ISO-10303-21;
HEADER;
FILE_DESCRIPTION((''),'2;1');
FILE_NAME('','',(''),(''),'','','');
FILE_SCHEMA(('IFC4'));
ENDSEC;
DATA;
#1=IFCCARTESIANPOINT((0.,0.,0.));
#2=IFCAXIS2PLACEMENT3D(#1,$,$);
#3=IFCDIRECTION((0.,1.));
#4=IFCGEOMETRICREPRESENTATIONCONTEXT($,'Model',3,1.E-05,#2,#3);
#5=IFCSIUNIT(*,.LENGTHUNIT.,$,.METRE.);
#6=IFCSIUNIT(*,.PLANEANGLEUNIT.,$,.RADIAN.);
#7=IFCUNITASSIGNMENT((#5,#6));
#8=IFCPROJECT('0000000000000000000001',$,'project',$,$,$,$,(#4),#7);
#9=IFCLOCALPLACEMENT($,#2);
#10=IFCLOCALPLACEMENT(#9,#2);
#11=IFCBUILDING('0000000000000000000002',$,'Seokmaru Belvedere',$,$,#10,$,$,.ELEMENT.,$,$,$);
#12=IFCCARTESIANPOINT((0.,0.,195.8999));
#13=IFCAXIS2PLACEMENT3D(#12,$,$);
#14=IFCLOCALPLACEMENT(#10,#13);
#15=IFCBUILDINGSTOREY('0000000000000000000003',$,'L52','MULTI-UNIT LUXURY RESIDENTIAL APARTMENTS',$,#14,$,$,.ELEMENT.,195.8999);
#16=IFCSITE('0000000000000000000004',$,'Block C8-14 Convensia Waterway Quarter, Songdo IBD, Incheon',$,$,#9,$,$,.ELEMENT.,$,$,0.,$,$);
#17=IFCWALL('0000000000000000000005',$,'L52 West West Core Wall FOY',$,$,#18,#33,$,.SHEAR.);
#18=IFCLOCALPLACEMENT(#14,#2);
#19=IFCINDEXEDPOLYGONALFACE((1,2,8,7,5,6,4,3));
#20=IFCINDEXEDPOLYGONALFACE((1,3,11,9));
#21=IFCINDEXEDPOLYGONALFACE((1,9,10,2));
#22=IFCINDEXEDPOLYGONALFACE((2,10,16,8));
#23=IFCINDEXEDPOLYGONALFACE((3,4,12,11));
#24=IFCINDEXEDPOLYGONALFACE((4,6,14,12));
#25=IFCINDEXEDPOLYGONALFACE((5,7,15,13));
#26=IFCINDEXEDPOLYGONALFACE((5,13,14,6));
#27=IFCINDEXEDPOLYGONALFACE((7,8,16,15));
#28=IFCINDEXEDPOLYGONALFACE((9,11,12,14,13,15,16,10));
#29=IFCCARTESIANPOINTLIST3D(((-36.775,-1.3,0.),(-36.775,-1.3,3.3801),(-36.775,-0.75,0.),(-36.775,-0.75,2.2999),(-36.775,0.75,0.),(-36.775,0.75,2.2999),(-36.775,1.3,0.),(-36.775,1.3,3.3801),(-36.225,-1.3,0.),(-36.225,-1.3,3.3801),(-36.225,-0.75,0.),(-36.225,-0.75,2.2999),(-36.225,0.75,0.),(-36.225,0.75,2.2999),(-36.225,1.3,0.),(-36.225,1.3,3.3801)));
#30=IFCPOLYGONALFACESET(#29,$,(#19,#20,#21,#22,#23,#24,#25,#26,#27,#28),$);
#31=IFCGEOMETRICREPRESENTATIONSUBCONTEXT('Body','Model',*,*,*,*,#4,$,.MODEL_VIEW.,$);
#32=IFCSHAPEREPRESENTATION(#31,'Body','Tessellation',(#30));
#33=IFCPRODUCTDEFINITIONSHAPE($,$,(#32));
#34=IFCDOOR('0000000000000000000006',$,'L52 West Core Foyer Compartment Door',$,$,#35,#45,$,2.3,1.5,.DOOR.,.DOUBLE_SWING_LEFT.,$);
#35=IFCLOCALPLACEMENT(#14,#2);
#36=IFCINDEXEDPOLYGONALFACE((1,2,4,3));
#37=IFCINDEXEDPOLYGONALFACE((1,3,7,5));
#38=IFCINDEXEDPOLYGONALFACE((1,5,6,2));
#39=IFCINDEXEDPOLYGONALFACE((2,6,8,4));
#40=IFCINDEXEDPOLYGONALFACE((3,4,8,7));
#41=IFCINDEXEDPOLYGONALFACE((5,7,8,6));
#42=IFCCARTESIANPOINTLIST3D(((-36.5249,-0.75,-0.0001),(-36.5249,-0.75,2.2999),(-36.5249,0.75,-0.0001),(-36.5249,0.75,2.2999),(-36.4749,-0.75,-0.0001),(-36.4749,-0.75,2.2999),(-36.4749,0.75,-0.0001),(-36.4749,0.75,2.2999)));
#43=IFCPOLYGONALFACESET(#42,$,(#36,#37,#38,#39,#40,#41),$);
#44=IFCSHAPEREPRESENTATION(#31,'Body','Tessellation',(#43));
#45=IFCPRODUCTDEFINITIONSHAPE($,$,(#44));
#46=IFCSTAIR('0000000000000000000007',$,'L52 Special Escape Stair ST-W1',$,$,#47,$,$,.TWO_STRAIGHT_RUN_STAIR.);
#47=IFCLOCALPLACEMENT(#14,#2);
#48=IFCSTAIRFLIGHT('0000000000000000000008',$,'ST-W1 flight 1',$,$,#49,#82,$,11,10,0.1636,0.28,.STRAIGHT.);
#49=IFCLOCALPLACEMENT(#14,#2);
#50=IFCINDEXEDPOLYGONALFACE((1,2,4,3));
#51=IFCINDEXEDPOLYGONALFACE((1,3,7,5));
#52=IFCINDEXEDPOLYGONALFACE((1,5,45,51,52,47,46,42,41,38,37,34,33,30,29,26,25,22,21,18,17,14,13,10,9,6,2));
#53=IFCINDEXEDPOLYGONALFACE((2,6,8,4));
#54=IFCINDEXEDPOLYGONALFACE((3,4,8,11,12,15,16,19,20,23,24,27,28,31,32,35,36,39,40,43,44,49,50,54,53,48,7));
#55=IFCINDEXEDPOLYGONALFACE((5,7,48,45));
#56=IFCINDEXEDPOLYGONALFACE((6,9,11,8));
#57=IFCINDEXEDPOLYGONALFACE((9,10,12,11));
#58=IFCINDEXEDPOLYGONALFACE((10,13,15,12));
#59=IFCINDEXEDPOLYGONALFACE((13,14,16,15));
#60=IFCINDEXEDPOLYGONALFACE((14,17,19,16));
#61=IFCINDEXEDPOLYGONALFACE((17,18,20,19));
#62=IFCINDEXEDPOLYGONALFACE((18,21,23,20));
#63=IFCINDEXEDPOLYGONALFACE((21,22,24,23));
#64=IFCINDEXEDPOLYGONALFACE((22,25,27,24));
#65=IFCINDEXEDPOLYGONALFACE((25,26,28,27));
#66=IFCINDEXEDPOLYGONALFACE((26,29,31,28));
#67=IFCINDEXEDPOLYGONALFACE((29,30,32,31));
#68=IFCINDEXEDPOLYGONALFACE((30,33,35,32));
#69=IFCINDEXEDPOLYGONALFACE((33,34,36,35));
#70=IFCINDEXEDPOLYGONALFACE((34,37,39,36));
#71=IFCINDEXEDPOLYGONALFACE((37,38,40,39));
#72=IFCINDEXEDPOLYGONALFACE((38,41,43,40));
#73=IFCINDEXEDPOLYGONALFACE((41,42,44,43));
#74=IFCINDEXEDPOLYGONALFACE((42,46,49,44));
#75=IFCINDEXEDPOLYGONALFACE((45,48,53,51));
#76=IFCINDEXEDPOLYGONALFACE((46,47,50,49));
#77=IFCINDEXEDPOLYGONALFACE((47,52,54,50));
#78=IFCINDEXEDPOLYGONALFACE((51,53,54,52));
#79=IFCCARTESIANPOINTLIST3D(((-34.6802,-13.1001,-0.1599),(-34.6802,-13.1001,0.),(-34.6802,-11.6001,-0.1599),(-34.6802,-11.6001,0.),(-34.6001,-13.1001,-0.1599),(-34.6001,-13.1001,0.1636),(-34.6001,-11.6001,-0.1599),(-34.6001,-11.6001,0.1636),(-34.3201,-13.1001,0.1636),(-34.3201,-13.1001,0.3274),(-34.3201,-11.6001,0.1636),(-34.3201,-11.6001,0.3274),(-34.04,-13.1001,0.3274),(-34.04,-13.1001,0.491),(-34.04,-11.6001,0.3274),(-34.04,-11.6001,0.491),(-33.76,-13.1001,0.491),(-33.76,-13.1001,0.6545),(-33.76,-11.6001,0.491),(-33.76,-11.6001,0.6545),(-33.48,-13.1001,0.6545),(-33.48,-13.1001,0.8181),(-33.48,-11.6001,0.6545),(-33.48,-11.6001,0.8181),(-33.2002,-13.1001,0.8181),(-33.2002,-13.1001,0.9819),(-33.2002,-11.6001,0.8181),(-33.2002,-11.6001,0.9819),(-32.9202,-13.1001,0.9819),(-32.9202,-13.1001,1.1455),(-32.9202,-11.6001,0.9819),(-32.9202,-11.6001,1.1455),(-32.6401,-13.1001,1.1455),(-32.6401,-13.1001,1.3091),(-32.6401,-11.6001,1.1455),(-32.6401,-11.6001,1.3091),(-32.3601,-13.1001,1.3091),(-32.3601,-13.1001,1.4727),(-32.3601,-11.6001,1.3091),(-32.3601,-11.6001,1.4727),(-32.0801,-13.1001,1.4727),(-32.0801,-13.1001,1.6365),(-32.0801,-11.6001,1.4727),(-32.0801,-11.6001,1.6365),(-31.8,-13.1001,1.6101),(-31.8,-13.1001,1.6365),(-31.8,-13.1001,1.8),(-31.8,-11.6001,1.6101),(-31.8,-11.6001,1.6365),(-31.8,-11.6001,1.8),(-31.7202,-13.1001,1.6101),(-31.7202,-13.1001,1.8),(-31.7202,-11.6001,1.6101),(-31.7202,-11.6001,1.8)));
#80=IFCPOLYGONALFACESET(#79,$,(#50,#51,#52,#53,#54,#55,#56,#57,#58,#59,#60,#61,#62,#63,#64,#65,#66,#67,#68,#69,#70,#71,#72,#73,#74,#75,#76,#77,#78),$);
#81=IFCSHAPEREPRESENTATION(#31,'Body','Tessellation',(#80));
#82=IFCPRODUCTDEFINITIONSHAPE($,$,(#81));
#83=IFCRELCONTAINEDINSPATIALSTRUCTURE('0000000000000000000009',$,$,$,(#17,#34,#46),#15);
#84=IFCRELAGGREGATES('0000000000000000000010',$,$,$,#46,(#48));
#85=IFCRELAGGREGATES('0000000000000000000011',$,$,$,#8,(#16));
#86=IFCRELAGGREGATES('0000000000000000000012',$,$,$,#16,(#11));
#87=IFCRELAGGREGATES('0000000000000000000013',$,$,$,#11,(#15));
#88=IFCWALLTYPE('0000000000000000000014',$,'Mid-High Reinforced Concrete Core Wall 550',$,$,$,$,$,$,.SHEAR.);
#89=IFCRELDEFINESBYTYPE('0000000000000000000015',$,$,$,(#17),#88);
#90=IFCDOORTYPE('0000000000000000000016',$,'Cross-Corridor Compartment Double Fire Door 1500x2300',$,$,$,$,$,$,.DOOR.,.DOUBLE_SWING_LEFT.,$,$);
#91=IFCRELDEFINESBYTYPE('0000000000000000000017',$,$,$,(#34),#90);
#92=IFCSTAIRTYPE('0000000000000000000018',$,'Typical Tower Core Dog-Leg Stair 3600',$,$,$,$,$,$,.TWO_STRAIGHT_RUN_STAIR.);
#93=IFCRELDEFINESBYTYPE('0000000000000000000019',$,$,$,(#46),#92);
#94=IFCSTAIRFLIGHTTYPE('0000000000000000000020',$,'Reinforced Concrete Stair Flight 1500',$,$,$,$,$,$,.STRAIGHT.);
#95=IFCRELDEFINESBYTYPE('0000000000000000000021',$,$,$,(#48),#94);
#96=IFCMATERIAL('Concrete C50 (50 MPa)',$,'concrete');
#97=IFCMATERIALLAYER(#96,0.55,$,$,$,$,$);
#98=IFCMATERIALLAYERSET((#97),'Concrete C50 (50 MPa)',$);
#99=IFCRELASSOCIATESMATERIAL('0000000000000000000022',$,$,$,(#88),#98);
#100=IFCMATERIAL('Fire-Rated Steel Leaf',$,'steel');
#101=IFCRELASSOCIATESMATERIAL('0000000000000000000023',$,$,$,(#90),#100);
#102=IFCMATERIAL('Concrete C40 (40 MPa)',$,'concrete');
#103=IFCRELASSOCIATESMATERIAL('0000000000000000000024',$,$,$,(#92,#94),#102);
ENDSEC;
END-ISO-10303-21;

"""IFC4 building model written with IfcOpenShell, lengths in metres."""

from ifc_helpers import new_model, si_unit, direction, frame, frame_2d, origin, place, context, subcontext, project, spatial, polyline, rectangle, outline, extrude, source, transform, mapped, material, layer, layer_set, type_object, type_shapes, element, fill, aggregate, save


model = new_model("IFC4")

# Units and contexts
model_context = context("Model", 3, precision=1e-05, world=origin(), true_north=direction((0.0, 1.0)))
body_context = subcontext(model_context, "Body", "Model", "MODEL_VIEW")
ifc_project = project(units=[si_unit("LENGTHUNIT", "METRE"), si_unit("PLANEANGLEUNIT", "RADIAN")], contexts=[model_context])

# Site, building, storey
site_placement = place(None, origin())
site = spatial("IfcSite", under=ifc_project, at=site_placement, Name="Block C8-14 Convensia Waterway Quarter, Songdo IBD, Incheon", CompositionType="ELEMENT", RefElevation=0.0)
building_placement = place(site_placement, origin())
building = spatial("IfcBuilding", under=site, at=building_placement, Name="Seokmaru Belvedere", CompositionType="ELEMENT")
storey_placement = place(building_placement, frame((0.0, 0.0, 195.8999)))
storey = spatial("IfcBuildingStorey", under=building, at=storey_placement, Name="L52", Description="MULTI-UNIT LUXURY RESIDENTIAL APARTMENTS", CompositionType="ELEMENT", Elevation=195.8999)

# Shared definitions
ifc_material_1 = material(Name="Fire-Rated Steel Leaf", Category="steel")

# Shared definitions
ifc_material_2 = material(Name="Concrete C50 (50 MPa)", Category="concrete")

# Shared definitions
ifc_layer_1 = layer(ifc_material_2, 0.55)
ifc_layer_set_1 = layer_set([ifc_layer_1], Name="Concrete C50 (50 MPa)")
wall_type_1 = type_object("IfcWallType", Name="Mid-High Reinforced Concrete Core Wall 550", PredefinedType="SHEAR", material=ifc_layer_set_1)

# Wall, opening, door
wall_1_placement = place(storey_placement, frame((-36.5, -1.3, 0.0), z_axis=(0.0, 0.0, 1.0), x_axis=(0.0, 1.0, 0.0)))
wall_1 = element("IfcWall", 1, at=wall_1_placement, inside=storey, type_object=wall_type_1, Name="L52 West West Core Wall FOY", PredefinedType="SHEAR", context=body_context, shape_type="SweptSolid", body=[
    extrude(rectangle(XDim=2.6001, YDim=0.55, at=frame_2d((1.3, 0.0))), origin(), (0.0, 0.0, 1.0), 3.3801),
])
opening_1_placement = place(wall_1_placement, frame((0.55, 0.0, 0.0)))
opening_1 = element("IfcOpeningElement", 2, at=opening_1_placement, cuts=wall_1, PredefinedType="OPENING", context=body_context, shape_type="SweptSolid", body=[
    extrude(rectangle(XDim=1.5, YDim=2.3, at=frame_2d((0.75, 1.1499))), frame((0.0, 0.2852, 0.0), z_axis=(0.0, -1.0, 0.0), x_axis=(1.0, 0.0, 0.0)), (0.0, 0.0, 1.0), 0.5701),
])
door_type_1 = type_object("IfcDoorType", Name="Cross-Corridor Compartment Double Fire Door 1500x2300", OperationType="DOUBLE_SWING_LEFT", PredefinedType="DOOR", material=ifc_material_1)
shared_shape_1 = source(origin(), body_context, "Body", "SweptSolid", [
    extrude(rectangle(XDim=1.5, YDim=2.3, at=frame_2d((0.75, 1.1499))), frame((0.0, 0.0249, 0.0), z_axis=(0.0, -1.0, 0.0), x_axis=(1.0, 0.0, 0.0)), (0.0, 0.0, 1.0), 0.05),
])
type_shapes(door_type_1, [shared_shape_1])
door_1_placement = place(opening_1_placement, origin())
door_1 = element("IfcDoor", 3, at=door_1_placement, inside=storey, type_object=door_type_1, Name="L52 West Core Foyer Compartment Door", OperationType="DOUBLE_SWING_LEFT", OverallHeight=2.3, OverallWidth=1.5, PredefinedType="DOOR", context=body_context, shape_type="MappedRepresentation", body=[
    mapped(shared_shape_1, transform((0.0, 0.0, 0.0), scale=1.0)),
])
fill(opening_1, door_1)

# Stair, stair flight
ifc_material_3 = material(Name="Concrete C40 (40 MPa)", Category="concrete")
stair_type = type_object("IfcStairType", Name="Typical Tower Core Dog-Leg Stair 3600", PredefinedType="TWO_STRAIGHT_RUN_STAIR", material=ifc_material_3)
stair_placement = place(storey_placement, origin())
stair = element("IfcStair", 4, at=stair_placement, inside=storey, type_object=stair_type, Name="L52 Special Escape Stair ST-W1", PredefinedType="TWO_STRAIGHT_RUN_STAIR")
stair_flight_type = type_object("IfcStairFlightType", Name="Reinforced Concrete Stair Flight 1500", PredefinedType="STRAIGHT", material=ifc_material_3)
stair_flight_placement = place(storey_placement, frame((-34.6001, -12.3501, 0.0), z_axis=(0.0, 0.0, 1.0), x_axis=(1.0, 0.0, 0.0)))
stair_flight = element("IfcStairFlight", 5, at=stair_flight_placement, type_object=stair_flight_type, Name="ST-W1 flight 1", NumberOfRisers=11, NumberOfTreads=10, PredefinedType="STRAIGHT", RiserHeight=0.1636, TreadLength=0.28, context=body_context, shape_type="SweptSolid", body=[
    extrude(outline(polyline([(-0.0801, 0.0), (0.0, 0.1636), (0.28, 0.1636), (0.28, 0.3274), (0.5601, 0.3274), (0.5601, 0.491), (0.8401, 0.491), (0.8401, 0.6545), (1.1201, 0.6545), (1.1201, 0.8181), (1.3999, 0.8181), (1.3999, 0.9819), (1.6799, 0.9819), (1.6799, 1.1455), (1.96, 1.1455), (1.96, 1.3091), (2.24, 1.3091), (2.24, 1.4727), (2.52, 1.4727), (2.52, 1.6365), (2.8, 1.6365), (2.8, 1.8), (2.8799, 1.8), (2.8799, 1.6101), (2.8, 1.6101), (0.0, -0.1599), (-0.0801, -0.1599), (-0.0801, 0.0)])), frame((0.0, 0.75, 0.0), z_axis=(0.0, -1.0, 0.0), x_axis=(1.0, 0.0, 0.0)), (0.0, 0.0, 1.0), 1.5),
])
aggregate(stair, [stair_flight])

save(model, "model.ifc")
